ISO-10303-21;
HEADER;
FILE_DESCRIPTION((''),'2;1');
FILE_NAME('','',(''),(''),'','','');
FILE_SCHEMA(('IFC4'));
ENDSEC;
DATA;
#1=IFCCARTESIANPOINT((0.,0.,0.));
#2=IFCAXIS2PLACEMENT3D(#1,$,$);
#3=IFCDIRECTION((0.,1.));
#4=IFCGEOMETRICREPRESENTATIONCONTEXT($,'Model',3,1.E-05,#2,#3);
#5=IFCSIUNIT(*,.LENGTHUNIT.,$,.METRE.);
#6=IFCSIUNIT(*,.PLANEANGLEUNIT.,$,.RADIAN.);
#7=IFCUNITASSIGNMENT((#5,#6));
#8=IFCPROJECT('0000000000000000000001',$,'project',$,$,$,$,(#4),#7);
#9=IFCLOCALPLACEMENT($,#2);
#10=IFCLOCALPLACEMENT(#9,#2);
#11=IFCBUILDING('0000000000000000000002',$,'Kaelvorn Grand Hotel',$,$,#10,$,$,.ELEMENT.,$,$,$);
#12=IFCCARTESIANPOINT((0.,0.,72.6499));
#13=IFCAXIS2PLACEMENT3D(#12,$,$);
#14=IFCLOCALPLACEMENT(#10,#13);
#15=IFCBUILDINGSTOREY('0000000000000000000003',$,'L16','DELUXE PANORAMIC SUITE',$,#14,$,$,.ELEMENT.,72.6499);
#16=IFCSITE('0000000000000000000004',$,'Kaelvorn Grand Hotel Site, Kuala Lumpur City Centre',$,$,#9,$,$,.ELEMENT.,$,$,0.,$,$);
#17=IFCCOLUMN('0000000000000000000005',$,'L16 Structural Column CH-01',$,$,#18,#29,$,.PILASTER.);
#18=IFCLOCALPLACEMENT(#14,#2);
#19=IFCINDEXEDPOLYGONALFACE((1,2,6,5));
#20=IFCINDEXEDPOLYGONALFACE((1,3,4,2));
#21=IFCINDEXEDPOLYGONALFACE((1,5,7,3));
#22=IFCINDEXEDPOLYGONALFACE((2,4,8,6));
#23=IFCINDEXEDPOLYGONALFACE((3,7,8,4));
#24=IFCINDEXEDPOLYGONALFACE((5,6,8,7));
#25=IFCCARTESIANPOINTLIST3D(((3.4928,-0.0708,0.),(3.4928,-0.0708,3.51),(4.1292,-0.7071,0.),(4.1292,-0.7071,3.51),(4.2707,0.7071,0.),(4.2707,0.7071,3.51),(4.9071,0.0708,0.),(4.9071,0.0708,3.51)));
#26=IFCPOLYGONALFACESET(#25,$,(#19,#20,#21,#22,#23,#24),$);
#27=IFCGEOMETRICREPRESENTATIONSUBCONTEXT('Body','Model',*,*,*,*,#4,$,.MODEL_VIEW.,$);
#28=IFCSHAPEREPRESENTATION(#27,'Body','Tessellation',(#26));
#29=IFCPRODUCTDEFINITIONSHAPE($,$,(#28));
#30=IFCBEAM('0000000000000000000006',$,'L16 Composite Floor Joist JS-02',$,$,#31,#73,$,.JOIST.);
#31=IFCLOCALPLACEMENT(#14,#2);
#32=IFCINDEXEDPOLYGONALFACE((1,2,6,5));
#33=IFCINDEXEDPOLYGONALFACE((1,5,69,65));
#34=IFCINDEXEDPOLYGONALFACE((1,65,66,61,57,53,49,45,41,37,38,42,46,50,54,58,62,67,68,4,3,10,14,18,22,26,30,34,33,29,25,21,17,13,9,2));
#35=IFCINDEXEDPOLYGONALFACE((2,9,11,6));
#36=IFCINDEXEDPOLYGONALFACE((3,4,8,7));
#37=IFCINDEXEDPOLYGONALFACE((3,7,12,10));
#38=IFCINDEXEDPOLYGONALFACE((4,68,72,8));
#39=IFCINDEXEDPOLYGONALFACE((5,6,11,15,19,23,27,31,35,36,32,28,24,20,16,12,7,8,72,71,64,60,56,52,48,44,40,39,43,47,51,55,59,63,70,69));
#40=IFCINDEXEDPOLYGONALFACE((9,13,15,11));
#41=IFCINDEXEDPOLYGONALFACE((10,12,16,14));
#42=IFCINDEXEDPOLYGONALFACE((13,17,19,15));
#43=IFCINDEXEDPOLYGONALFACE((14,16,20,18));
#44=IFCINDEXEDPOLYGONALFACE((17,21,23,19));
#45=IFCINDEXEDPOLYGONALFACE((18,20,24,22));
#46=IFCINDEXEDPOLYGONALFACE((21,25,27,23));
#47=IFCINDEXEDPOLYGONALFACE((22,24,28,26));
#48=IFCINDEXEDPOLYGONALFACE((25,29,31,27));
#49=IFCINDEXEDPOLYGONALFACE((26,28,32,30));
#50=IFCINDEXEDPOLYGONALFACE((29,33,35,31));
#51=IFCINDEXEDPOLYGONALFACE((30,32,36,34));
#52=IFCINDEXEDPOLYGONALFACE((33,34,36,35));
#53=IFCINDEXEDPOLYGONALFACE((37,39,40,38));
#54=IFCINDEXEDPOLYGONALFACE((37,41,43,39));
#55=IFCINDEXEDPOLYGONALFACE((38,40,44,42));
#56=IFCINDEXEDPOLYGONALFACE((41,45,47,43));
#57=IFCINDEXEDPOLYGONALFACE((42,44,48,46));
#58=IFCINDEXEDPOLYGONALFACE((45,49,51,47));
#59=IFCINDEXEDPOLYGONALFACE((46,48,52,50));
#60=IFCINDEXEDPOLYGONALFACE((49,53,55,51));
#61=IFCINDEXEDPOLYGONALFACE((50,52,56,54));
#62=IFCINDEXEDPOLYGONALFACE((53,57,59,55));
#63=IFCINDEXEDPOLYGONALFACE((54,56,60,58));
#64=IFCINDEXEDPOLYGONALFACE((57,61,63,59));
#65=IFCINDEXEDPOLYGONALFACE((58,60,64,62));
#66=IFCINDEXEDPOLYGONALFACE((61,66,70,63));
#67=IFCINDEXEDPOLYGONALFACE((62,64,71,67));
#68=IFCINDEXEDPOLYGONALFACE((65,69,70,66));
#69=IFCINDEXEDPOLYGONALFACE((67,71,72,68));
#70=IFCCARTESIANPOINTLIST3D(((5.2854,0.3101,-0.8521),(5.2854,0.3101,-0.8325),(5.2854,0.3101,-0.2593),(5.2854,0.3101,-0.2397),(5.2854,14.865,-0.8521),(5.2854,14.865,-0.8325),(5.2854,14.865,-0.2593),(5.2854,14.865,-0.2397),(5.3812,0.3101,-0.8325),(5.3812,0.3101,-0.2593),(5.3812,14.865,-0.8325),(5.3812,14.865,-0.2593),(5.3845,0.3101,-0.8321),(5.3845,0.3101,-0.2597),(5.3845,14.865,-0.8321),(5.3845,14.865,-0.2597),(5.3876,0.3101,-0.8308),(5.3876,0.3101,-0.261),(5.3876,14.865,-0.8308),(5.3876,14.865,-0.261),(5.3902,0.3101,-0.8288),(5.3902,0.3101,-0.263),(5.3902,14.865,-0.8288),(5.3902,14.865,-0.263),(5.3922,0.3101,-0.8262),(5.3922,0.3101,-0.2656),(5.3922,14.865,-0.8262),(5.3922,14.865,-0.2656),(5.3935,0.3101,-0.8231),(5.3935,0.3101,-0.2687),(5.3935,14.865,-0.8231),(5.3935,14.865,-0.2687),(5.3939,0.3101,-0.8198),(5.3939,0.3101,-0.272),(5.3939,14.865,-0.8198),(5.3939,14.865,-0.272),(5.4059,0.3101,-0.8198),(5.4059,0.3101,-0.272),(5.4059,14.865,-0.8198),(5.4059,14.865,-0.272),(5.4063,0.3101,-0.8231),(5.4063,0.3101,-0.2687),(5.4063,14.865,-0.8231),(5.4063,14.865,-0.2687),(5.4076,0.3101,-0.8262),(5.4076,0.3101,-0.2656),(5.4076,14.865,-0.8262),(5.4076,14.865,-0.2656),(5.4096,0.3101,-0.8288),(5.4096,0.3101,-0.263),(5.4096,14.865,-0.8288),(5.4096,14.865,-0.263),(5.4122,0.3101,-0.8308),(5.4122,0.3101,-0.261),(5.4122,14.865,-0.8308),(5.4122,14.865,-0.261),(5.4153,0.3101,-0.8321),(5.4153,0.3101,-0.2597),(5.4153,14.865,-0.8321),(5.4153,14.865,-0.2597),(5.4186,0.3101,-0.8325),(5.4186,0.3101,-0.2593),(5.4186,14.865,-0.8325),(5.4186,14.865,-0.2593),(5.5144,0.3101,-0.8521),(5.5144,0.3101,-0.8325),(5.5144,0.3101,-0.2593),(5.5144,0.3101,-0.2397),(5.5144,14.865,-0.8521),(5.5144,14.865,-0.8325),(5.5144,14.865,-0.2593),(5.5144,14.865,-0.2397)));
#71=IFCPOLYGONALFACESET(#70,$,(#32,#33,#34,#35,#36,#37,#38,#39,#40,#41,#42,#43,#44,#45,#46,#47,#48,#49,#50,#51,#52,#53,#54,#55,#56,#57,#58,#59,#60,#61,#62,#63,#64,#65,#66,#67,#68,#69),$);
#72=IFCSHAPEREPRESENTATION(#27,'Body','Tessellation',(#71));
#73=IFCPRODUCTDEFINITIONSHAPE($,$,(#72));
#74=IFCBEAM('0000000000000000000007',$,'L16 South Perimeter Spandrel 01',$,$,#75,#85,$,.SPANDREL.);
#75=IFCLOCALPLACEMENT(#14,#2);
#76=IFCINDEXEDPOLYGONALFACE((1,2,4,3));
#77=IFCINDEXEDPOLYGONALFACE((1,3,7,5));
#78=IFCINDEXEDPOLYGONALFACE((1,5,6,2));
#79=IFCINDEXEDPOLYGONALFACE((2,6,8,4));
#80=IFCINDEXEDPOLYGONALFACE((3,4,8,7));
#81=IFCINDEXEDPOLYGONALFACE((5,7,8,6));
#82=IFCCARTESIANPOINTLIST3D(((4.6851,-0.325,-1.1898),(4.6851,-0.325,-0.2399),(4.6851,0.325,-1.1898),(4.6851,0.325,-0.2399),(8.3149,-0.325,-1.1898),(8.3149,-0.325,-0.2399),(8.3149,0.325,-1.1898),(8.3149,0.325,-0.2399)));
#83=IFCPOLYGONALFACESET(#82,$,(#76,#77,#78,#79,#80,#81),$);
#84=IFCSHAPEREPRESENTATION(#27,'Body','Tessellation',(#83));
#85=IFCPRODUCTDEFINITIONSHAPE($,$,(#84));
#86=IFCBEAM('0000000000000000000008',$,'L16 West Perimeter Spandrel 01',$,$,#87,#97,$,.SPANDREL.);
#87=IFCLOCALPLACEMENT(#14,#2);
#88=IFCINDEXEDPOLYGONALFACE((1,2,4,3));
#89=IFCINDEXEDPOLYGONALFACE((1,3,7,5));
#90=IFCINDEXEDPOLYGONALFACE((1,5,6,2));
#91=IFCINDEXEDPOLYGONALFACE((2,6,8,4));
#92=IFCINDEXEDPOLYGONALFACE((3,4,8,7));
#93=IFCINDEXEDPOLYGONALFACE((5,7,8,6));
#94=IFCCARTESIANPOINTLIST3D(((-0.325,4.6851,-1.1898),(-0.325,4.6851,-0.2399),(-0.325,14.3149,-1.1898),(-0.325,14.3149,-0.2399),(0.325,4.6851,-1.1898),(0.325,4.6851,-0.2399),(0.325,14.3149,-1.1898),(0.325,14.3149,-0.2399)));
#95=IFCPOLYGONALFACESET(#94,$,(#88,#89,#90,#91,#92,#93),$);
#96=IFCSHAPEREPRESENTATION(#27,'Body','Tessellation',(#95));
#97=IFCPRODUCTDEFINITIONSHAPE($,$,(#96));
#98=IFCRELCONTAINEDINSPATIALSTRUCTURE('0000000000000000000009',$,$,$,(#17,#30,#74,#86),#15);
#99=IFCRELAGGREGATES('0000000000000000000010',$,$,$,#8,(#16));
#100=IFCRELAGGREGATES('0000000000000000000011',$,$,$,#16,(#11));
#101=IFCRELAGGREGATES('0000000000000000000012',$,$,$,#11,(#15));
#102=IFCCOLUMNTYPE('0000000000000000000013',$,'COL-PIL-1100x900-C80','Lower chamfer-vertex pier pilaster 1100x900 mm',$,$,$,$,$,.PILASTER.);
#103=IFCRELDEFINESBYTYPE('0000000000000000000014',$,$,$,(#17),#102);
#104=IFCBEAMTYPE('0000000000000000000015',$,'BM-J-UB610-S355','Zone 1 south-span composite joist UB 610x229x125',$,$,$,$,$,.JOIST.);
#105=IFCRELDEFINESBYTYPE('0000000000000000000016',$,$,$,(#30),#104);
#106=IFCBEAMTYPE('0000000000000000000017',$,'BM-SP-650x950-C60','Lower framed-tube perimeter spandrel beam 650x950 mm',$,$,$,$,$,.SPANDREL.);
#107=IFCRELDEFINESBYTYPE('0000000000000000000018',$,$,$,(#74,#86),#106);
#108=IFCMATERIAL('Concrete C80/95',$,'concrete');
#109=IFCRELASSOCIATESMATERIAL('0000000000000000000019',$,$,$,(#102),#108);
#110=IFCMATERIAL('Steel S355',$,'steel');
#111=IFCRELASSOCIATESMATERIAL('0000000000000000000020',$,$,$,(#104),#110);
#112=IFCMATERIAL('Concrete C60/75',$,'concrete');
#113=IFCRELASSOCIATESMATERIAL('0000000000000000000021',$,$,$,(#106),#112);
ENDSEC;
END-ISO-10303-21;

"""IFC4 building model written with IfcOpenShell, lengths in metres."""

from ifc_helpers import new_model, si_unit, direction, frame, origin, origin_2d, place, context, subcontext, project, spatial, rectangle, i_section, extrude, material, material_profile, profile_set, type_object, element, save


model = new_model("IFC4")

# Units and contexts
model_context = context("Model", 3, precision=1e-05, world=origin(), true_north=direction((0.0, 1.0)))
body_context = subcontext(model_context, "Body", "Model", "MODEL_VIEW")
ifc_project = project(units=[si_unit("LENGTHUNIT", "METRE"), si_unit("PLANEANGLEUNIT", "RADIAN")], contexts=[model_context])

# Site, building, storey
site_placement = place(None, origin())
site = spatial("IfcSite", under=ifc_project, at=site_placement, Name="Kaelvorn Grand Hotel Site, Kuala Lumpur City Centre", CompositionType="ELEMENT", RefElevation=0.0)
building_placement = place(site_placement, origin())
building = spatial("IfcBuilding", under=site, at=building_placement, Name="Kaelvorn Grand Hotel", CompositionType="ELEMENT")
storey_placement = place(building_placement, frame((0.0, 0.0, 72.6499)))
storey = spatial("IfcBuildingStorey", under=building, at=storey_placement, Name="L16", Description="DELUXE PANORAMIC SUITE", CompositionType="ELEMENT", Elevation=72.6499)

# Column
ifc_material_1 = material(Name="Concrete C80/95", Category="concrete")
ifc_material_profile_1 = material_profile(ifc_material_1, rectangle(XDim=1.1001, YDim=0.8999, at=origin_2d()), Name="RC PILASTER 1100x900")
ifc_profile_set_1 = profile_set([ifc_material_profile_1], Name="Concrete C80/95")
column_type = type_object("IfcColumnType", Name="COL-PIL-1100x900-C80", Description="Lower chamfer-vertex pier pilaster 1100x900 mm", PredefinedType="PILASTER", material=ifc_profile_set_1)
column_placement = place(storey_placement, frame((4.2, 0.0, 0.0), z_axis=(0.0, 0.0, 1.0), x_axis=(0.707107, 0.707107, 0.0)))
element("IfcColumn", 1, at=column_placement, inside=storey, type_object=column_type, Name="L16 Structural Column CH-01", PredefinedType="PILASTER", context=body_context, shape_type="SweptSolid", body=[
    extrude(rectangle(XDim=1.1001, YDim=0.8999, at=origin_2d()), origin(), (0.0, 0.0, 1.0), 3.51),
])

# Beams
ifc_material_2 = material(Name="Steel S355", Category="steel")
ifc_material_profile_2 = material_profile(ifc_material_2, i_section(OverallWidth=0.229, OverallDepth=0.6123, WebThickness=0.012, FlangeThickness=0.0195, FilletRadius=0.0127, at=origin_2d()), Name="UB 610x229x125")
ifc_profile_set_2 = profile_set([ifc_material_profile_2], Name="Steel S355")
beam_type_1 = type_object("IfcBeamType", Name="BM-J-UB610-S355", Description="Zone 1 south-span composite joist UB 610x229x125", PredefinedType="JOIST", material=ifc_profile_set_2)
beam_1_placement = place(storey_placement, frame((5.3999, 0.3101, -0.5459), z_axis=(0.0, 1.0, 0.0), x_axis=(-1.0, 0.0, 0.0)))
element("IfcBeam", 2, at=beam_1_placement, inside=storey, type_object=beam_type_1, Name="L16 Composite Floor Joist JS-02", PredefinedType="JOIST", context=body_context, shape_type="SweptSolid", body=[
    extrude(i_section(OverallWidth=0.229, OverallDepth=0.6123, WebThickness=0.012, FlangeThickness=0.0195, FilletRadius=0.0127, at=origin_2d()), origin(), (0.0, 0.0, 1.0), 14.5549),
])
ifc_material_3 = material(Name="Concrete C60/75", Category="concrete")
ifc_material_profile_3 = material_profile(ifc_material_3, rectangle(XDim=0.6499, YDim=0.95, at=origin_2d()), Name="RC SPANDREL 650x950")
ifc_profile_set_3 = profile_set([ifc_material_profile_3], Name="Concrete C60/75")
beam_type_2 = type_object("IfcBeamType", Name="BM-SP-650x950-C60", Description="Lower framed-tube perimeter spandrel beam 650x950 mm", PredefinedType="SPANDREL", material=ifc_profile_set_3)
beam_2_placement = place(storey_placement, frame((4.6851, 0.0, -0.7148), z_axis=(1.0, 0.0, 0.0), x_axis=(0.0, 1.0, 0.0)))
element("IfcBeam", 3, at=beam_2_placement, inside=storey, type_object=beam_type_2, Name="L16 South Perimeter Spandrel 01", PredefinedType="SPANDREL", context=body_context, shape_type="SweptSolid", body=[
    extrude(rectangle(XDim=0.6499, YDim=0.95, at=origin_2d()), origin(), (0.0, 0.0, 1.0), 3.6299),
])
beam_3_placement = place(storey_placement, frame((0.0, 4.6851, -0.7148), z_axis=(0.0, 1.0, 0.0), x_axis=(-1.0, 0.0, 0.0)))
element("IfcBeam", 4, at=beam_3_placement, inside=storey, type_object=beam_type_2, Name="L16 West Perimeter Spandrel 01", PredefinedType="SPANDREL", context=body_context, shape_type="SweptSolid", body=[
    extrude(rectangle(XDim=0.6499, YDim=0.95, at=origin_2d()), origin(), (0.0, 0.0, 1.0), 9.6299),
])

save(model, "model.ifc")
